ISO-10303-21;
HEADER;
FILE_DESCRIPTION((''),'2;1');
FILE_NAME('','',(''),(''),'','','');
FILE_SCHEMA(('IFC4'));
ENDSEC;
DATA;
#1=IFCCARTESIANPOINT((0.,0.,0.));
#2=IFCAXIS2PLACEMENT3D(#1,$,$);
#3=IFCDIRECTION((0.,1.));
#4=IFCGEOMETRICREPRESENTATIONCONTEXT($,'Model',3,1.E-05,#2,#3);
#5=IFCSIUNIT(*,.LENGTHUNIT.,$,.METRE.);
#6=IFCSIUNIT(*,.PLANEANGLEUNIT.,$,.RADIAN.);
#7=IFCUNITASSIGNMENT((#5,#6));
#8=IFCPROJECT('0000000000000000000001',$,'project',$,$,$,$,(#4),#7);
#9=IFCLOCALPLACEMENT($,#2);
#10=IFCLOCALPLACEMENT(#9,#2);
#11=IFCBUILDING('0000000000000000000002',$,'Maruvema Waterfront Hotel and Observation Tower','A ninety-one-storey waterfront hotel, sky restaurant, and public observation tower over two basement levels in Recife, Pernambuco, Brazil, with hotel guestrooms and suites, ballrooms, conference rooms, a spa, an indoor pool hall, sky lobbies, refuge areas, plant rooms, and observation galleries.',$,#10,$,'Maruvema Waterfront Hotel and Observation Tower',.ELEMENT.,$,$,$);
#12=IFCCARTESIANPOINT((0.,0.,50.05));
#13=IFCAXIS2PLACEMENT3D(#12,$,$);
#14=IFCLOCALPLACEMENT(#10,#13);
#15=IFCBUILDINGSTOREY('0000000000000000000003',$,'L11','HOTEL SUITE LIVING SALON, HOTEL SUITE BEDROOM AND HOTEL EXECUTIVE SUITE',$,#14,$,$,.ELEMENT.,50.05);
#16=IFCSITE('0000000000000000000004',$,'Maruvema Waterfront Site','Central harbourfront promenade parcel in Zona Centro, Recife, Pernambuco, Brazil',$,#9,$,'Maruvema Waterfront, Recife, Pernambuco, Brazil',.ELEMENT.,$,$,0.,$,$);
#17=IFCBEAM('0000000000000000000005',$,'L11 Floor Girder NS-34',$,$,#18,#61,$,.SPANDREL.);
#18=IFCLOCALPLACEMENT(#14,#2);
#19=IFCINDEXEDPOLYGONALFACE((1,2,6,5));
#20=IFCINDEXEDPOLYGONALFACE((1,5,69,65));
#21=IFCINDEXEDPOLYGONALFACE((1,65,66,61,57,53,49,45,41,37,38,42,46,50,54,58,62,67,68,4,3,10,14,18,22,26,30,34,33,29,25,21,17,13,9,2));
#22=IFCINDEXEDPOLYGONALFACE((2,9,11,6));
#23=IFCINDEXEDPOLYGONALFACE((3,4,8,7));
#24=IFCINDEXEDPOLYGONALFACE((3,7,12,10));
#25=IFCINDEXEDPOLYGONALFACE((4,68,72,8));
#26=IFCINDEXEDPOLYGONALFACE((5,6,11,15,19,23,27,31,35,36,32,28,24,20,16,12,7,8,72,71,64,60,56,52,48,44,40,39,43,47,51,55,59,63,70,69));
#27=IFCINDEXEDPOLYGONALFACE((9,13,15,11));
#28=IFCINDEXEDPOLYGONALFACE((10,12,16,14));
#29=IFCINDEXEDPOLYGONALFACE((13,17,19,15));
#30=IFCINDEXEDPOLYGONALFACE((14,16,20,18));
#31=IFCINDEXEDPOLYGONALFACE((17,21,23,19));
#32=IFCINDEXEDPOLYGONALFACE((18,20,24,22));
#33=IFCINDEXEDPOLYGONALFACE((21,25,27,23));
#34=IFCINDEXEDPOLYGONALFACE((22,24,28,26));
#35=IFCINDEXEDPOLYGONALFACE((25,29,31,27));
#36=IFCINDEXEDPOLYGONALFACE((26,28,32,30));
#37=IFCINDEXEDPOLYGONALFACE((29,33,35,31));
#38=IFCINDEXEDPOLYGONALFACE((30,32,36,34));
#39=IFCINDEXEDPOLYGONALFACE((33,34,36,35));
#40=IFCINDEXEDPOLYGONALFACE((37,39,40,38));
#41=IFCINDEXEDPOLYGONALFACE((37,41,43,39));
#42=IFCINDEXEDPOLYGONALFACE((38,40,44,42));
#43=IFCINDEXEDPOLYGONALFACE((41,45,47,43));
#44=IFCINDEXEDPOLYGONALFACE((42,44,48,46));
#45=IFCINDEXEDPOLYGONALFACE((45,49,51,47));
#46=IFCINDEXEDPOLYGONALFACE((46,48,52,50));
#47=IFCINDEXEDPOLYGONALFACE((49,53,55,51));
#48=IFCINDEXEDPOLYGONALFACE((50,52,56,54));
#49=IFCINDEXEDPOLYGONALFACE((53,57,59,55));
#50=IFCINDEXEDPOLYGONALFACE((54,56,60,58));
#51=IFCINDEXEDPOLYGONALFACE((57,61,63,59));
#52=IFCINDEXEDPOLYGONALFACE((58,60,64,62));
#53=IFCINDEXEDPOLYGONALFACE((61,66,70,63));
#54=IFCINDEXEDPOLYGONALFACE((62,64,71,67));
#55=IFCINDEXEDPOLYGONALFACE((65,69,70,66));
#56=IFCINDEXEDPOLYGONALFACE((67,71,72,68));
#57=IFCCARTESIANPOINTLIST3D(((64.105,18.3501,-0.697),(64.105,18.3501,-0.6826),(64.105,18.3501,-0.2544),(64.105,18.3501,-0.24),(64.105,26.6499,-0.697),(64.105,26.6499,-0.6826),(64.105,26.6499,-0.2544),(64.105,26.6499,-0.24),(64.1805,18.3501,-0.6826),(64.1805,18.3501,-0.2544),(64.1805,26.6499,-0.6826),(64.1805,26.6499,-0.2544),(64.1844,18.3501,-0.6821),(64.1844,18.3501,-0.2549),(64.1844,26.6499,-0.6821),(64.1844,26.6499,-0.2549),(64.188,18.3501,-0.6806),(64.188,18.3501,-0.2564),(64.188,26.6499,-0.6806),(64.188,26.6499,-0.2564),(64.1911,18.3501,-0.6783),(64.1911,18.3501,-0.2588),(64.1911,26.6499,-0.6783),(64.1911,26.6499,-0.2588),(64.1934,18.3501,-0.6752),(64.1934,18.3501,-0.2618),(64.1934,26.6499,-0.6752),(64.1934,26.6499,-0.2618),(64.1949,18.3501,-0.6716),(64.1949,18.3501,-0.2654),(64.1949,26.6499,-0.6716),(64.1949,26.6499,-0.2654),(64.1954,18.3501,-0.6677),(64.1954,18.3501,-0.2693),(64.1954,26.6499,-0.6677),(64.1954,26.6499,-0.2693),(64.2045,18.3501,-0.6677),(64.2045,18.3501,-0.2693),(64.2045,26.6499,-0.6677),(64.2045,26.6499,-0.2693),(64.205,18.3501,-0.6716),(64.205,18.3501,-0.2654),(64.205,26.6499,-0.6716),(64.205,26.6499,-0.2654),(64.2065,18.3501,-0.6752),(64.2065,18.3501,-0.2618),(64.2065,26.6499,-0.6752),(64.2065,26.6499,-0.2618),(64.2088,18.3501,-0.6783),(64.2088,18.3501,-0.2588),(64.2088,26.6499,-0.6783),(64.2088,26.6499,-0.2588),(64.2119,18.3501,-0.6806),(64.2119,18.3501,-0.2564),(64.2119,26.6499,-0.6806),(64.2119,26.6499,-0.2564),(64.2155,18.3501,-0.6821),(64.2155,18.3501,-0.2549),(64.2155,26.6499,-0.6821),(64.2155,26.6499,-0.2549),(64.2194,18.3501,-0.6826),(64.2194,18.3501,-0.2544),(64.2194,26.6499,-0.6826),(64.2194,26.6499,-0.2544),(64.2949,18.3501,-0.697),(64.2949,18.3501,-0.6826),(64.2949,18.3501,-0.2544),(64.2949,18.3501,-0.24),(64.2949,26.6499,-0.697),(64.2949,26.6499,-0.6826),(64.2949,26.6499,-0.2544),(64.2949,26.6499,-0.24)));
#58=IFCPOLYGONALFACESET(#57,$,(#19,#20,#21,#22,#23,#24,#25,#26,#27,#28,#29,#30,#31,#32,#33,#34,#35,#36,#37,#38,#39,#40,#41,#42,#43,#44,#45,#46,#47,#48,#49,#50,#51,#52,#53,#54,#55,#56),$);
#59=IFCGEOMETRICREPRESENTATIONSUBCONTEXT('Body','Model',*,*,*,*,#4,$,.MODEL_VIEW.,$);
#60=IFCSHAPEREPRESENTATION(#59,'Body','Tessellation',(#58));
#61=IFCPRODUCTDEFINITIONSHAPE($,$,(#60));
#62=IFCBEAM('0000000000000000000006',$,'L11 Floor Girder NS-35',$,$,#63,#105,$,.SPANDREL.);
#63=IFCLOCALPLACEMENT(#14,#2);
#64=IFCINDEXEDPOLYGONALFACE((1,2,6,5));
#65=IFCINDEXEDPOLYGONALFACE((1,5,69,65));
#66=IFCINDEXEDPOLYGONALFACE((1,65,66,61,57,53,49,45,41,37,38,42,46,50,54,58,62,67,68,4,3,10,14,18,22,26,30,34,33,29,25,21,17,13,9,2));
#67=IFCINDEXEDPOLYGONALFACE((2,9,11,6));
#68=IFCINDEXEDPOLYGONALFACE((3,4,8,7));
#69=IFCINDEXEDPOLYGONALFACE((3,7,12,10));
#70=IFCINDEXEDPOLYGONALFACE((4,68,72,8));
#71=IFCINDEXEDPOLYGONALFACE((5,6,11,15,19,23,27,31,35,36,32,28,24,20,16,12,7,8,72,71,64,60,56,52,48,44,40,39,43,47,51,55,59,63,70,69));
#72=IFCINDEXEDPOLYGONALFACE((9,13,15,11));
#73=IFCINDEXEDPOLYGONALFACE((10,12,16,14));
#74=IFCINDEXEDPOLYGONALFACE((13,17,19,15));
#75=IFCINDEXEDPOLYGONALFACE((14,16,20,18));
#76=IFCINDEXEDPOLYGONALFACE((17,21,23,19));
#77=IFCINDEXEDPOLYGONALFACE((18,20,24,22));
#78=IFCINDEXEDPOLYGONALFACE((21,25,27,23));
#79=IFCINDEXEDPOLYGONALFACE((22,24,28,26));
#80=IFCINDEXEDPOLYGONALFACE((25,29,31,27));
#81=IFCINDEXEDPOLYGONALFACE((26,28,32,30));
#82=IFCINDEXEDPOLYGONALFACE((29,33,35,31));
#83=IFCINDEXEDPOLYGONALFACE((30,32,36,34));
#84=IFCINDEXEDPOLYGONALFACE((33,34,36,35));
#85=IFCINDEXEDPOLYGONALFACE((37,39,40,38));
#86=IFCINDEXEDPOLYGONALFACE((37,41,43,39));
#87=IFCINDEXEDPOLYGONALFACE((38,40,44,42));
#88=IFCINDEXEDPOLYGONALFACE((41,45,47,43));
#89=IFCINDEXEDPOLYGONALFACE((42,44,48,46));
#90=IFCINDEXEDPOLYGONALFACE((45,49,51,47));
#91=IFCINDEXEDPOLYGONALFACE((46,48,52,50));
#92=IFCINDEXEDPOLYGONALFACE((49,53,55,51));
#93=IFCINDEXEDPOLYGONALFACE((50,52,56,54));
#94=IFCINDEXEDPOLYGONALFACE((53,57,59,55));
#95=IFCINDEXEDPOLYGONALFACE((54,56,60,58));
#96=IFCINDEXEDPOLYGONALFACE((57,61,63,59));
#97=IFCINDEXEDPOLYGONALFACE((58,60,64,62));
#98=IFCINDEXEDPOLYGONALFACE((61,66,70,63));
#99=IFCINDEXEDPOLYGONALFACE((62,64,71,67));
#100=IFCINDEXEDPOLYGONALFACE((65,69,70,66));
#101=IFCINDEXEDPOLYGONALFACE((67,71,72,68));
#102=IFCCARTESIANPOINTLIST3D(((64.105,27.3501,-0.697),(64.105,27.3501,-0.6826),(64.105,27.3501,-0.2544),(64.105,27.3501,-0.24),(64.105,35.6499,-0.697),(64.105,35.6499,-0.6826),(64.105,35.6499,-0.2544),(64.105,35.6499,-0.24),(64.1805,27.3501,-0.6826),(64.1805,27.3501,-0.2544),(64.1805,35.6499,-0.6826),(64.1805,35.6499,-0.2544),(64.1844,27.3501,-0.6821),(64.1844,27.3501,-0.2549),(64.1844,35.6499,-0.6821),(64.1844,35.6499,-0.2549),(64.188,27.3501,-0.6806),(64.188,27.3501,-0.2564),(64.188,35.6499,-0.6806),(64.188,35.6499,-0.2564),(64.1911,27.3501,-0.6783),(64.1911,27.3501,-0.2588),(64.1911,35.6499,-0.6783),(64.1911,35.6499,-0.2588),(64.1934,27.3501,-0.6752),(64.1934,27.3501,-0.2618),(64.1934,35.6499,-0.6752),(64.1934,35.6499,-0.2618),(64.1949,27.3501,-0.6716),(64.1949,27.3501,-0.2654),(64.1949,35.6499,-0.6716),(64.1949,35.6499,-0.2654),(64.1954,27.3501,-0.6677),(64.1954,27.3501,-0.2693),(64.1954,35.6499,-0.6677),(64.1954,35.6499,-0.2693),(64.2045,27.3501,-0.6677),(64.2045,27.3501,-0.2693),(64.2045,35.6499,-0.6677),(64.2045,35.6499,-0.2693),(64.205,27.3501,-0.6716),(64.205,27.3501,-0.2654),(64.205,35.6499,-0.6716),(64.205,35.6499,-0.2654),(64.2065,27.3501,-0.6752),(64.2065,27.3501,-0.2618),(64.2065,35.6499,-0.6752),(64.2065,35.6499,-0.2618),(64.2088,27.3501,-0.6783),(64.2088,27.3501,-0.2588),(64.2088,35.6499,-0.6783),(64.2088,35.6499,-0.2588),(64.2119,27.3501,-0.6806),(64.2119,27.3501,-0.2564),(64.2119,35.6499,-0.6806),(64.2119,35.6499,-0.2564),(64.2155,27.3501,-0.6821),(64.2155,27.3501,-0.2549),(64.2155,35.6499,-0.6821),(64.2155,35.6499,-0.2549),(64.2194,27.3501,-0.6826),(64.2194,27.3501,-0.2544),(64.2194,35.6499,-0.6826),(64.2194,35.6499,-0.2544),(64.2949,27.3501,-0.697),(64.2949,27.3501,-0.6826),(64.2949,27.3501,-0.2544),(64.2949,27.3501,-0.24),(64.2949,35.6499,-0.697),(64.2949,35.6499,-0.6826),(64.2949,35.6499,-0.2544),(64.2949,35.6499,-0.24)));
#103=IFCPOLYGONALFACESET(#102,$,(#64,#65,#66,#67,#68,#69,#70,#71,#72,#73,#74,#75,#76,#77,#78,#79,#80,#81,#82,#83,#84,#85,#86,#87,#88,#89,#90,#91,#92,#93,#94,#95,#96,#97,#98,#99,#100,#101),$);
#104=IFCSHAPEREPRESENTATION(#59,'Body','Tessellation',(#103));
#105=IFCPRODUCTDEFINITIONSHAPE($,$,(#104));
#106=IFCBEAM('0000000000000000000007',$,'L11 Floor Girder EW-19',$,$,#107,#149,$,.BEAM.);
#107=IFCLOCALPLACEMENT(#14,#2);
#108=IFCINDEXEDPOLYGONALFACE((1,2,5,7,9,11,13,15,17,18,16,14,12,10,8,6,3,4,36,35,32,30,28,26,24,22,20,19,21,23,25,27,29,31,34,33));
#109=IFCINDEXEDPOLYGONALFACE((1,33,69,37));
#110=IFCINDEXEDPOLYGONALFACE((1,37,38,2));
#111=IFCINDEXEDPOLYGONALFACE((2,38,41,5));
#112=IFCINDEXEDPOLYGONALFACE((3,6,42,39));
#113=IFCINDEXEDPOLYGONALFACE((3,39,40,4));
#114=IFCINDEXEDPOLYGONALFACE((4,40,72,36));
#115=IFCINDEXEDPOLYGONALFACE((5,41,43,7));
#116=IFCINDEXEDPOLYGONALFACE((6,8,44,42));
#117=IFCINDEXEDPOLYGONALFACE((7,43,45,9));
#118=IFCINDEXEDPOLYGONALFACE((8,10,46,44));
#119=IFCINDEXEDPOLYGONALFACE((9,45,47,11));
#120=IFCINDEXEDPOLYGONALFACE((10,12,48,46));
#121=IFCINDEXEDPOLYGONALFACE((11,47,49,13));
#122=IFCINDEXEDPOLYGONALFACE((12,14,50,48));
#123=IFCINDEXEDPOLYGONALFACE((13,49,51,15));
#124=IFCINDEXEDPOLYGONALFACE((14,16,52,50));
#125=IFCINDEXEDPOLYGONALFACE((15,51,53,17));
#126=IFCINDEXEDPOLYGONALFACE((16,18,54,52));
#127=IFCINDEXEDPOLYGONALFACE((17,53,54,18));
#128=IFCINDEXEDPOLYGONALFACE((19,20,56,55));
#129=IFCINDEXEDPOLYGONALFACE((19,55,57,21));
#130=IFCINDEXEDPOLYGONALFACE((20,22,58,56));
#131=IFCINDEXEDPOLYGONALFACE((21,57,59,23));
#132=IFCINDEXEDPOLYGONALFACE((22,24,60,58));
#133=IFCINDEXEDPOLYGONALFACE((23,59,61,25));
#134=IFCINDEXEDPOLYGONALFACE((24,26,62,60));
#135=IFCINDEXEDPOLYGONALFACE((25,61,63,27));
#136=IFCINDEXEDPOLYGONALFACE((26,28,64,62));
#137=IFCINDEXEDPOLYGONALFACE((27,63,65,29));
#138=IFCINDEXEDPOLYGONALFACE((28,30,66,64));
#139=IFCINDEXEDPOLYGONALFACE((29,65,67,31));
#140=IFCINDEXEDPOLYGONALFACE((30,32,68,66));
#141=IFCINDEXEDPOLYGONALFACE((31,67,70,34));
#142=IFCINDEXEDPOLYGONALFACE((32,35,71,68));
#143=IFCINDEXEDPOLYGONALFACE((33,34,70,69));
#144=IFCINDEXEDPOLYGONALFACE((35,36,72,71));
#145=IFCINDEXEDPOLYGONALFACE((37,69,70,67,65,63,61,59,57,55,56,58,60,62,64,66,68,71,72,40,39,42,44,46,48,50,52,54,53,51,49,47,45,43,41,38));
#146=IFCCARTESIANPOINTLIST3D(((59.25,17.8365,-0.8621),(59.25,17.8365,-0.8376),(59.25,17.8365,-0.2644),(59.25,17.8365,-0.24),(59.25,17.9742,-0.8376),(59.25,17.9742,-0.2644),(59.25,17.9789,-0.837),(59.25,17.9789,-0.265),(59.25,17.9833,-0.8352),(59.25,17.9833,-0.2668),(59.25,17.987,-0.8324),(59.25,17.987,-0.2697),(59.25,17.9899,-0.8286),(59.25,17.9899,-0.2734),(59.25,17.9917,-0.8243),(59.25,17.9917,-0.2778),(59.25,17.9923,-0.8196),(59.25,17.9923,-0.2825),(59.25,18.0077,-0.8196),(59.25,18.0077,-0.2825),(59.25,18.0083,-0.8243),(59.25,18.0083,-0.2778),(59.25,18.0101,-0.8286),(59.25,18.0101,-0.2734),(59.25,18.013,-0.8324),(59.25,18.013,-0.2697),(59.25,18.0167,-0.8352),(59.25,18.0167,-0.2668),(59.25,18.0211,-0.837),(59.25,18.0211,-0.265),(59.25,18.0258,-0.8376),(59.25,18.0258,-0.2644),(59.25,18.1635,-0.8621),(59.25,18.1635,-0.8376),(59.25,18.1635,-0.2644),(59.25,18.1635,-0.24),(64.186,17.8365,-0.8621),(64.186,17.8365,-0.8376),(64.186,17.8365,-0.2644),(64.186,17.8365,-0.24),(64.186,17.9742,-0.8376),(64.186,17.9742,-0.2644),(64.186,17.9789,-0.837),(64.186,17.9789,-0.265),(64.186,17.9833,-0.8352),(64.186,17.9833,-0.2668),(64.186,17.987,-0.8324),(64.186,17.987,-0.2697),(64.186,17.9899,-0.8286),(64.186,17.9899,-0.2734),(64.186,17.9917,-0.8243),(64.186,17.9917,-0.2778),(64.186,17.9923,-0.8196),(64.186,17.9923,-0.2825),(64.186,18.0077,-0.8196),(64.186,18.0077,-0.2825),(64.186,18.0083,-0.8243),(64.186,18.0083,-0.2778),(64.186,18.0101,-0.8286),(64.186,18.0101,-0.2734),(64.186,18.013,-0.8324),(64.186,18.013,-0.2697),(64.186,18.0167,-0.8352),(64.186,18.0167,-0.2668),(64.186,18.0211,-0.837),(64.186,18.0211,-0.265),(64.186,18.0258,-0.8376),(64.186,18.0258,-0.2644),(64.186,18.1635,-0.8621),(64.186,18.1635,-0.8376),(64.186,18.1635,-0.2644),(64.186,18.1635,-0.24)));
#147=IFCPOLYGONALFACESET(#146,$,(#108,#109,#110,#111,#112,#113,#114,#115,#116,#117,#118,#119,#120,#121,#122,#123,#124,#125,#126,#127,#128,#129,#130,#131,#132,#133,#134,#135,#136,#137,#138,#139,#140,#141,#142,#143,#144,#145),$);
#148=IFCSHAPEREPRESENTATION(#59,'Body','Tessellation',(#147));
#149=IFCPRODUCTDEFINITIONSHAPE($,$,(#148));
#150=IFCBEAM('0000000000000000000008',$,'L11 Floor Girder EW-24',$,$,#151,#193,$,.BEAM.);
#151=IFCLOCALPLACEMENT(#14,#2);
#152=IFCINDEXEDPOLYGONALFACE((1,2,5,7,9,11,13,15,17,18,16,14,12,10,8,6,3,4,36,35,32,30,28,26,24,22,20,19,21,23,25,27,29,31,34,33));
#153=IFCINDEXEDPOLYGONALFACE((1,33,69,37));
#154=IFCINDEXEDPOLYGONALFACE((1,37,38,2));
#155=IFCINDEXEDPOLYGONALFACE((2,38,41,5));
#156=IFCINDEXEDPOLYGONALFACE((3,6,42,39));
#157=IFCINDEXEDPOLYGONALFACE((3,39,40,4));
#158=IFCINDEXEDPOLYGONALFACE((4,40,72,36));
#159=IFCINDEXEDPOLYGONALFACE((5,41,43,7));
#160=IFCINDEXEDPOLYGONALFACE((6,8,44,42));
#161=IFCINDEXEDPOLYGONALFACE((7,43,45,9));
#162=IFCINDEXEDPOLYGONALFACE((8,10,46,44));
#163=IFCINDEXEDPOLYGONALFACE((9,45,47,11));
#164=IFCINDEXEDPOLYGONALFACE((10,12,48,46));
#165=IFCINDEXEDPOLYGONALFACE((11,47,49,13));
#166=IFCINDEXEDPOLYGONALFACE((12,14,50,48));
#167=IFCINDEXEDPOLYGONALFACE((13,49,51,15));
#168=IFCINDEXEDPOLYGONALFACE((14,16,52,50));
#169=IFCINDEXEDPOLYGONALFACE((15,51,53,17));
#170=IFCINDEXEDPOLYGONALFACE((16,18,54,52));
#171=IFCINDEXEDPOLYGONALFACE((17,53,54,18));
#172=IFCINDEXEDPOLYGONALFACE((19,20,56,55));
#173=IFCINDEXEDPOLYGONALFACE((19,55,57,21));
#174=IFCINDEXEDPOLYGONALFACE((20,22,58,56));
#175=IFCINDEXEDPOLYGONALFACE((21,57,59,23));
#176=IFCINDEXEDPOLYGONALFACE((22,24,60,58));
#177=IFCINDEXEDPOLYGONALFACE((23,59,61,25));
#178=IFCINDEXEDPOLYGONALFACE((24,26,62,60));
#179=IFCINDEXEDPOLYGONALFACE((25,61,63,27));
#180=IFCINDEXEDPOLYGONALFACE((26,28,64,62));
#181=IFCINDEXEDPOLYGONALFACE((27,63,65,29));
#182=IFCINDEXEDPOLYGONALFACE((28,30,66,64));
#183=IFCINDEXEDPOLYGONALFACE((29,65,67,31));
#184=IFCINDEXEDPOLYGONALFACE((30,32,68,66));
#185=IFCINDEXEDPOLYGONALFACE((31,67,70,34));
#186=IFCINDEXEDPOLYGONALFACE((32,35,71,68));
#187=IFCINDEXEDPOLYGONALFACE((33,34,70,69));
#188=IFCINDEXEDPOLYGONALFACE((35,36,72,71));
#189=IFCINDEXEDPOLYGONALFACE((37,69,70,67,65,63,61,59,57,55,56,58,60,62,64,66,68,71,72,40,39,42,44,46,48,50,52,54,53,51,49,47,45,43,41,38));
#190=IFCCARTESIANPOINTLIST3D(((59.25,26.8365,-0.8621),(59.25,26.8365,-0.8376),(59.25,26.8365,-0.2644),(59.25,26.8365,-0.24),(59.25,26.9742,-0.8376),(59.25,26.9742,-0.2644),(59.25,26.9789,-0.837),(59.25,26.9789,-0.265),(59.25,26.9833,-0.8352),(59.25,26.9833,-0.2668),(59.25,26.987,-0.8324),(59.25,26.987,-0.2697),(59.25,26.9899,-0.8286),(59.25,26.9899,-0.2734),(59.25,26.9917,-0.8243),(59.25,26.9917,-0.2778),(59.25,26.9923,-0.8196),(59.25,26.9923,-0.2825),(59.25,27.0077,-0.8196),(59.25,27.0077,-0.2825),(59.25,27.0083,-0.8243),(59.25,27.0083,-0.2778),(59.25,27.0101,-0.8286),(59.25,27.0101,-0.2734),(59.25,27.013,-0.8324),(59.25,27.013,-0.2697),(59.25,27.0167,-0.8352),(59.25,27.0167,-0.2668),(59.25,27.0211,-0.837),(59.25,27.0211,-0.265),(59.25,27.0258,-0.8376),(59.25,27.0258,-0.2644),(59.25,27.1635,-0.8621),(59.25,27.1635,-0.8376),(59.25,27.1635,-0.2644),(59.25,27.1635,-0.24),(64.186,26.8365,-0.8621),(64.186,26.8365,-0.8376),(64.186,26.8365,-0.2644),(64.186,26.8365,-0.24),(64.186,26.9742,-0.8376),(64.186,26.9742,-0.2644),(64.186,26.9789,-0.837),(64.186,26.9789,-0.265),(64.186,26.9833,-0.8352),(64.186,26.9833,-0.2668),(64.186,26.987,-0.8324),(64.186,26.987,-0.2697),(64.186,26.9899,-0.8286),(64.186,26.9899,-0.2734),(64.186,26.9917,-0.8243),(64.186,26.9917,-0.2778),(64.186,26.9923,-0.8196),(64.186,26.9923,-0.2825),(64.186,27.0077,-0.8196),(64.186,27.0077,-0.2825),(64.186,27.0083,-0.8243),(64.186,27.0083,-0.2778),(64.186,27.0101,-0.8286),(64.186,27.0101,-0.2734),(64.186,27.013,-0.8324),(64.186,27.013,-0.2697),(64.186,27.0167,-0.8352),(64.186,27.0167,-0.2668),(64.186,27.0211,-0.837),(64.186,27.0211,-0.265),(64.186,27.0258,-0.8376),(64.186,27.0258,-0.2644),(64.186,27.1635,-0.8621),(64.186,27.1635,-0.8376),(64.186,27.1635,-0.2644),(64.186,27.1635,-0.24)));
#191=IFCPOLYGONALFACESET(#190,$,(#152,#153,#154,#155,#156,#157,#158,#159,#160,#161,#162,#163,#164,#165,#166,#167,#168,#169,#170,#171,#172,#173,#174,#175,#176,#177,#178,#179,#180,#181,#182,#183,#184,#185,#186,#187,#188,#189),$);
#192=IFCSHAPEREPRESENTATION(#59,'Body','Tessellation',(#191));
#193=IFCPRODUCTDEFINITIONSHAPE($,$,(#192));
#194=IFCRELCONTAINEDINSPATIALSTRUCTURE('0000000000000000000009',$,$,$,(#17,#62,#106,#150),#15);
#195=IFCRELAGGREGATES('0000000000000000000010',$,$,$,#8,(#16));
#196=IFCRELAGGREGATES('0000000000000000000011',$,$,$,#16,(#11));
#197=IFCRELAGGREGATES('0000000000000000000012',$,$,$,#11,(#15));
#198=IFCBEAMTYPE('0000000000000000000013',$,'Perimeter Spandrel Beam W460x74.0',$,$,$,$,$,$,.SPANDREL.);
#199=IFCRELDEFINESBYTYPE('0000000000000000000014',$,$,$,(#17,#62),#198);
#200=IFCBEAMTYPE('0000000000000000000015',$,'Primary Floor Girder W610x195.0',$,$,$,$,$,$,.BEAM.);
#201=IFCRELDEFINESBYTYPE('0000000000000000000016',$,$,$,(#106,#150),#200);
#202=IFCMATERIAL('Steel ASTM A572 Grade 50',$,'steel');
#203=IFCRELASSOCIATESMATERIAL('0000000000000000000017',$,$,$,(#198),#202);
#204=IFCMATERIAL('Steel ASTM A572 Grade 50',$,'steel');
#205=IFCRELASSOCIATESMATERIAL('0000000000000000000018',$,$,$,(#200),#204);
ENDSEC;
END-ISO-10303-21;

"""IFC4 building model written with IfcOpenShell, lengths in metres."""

from ifc_helpers import new_model, si_unit, direction, frame, origin, origin_2d, place, context, subcontext, project, spatial, i_section, extrude, material, material_profile, profile_set, type_object, element, save


model = new_model("IFC4")

# Units and contexts
model_context = context("Model", 3, precision=1e-05, world=origin(), true_north=direction((0.0, 1.0)))
body_context = subcontext(model_context, "Body", "Model", "MODEL_VIEW")
ifc_project = project(units=[si_unit("LENGTHUNIT", "METRE"), si_unit("PLANEANGLEUNIT", "RADIAN")], contexts=[model_context])

# Site, building, storey
site_placement = place(None, origin())
site = spatial("IfcSite", under=ifc_project, at=site_placement, Name="Maruvema Waterfront Site", Description="Central harbourfront promenade parcel in Zona Centro, Recife, Pernambuco, Brazil", LongName="Maruvema Waterfront, Recife, Pernambuco, Brazil", CompositionType="ELEMENT", RefElevation=0.0)
building_placement = place(site_placement, origin())
building = spatial("IfcBuilding", under=site, at=building_placement, Name="Maruvema Waterfront Hotel and Observation Tower", Description="A ninety-one-storey waterfront hotel, sky restaurant, and public observation tower over two basement levels in Recife, Pernambuco, Brazil, with hotel guestrooms and suites, ballrooms, conference rooms, a spa, an indoor pool hall, sky lobbies, refuge areas, plant rooms, and observation galleries.", LongName="Maruvema Waterfront Hotel and Observation Tower", CompositionType="ELEMENT")
storey_placement = place(building_placement, frame((0.0, 0.0, 50.05)))
storey = spatial("IfcBuildingStorey", under=building, at=storey_placement, Name="L11", Description="HOTEL SUITE LIVING SALON, HOTEL SUITE BEDROOM AND HOTEL EXECUTIVE SUITE", CompositionType="ELEMENT", Elevation=50.05)

# Beams
ifc_material_1 = material(Name="Steel ASTM A572 Grade 50", Category="steel")
ifc_material_profile_1 = material_profile(ifc_material_1, i_section(OverallWidth=0.1899, OverallDepth=0.457, WebThickness=0.009, FlangeThickness=0.0144, FilletRadius=0.0149, at=origin_2d()), Name="W460x74.0")
ifc_profile_set_1 = profile_set([ifc_material_profile_1], Name="Steel ASTM A572 Grade 50")
beam_type_1 = type_object("IfcBeamType", Name="Perimeter Spandrel Beam W460x74.0", PredefinedType="SPANDREL", material=ifc_profile_set_1)
for number, where, z_axis, x_axis, name in (
    (1, (64.2, 18.3501, -0.4685), (0.0, 1.0, 0.0), (-1.0, 0.0, 0.0), "L11 Floor Girder NS-34"),
    (2, (64.2, 27.3501, -0.4685), (0.0, 1.0, 0.0), (-1.0, 0.0, 0.0), "L11 Floor Girder NS-35"),
):
    element("IfcBeam", number, at=place(storey_placement, frame(where, z_axis=z_axis, x_axis=x_axis)), inside=storey, type_object=beam_type_1, Name=name, PredefinedType="SPANDREL", context=body_context, shape_type="SweptSolid", body=[
        extrude(i_section(OverallWidth=0.1899, OverallDepth=0.457, WebThickness=0.009, FlangeThickness=0.0144, FilletRadius=0.0149, at=origin_2d()), origin(), (0.0, 0.0, 1.0), 8.2998),
    ])
ifc_material_2 = material(Name="Steel ASTM A572 Grade 50", Category="steel")
ifc_material_profile_2 = material_profile(ifc_material_2, i_section(OverallWidth=0.3269, OverallDepth=0.6221, WebThickness=0.0154, FlangeThickness=0.0244, FilletRadius=0.0181, at=origin_2d()), Name="W610x195.0")
ifc_profile_set_2 = profile_set([ifc_material_profile_2], Name="Steel ASTM A572 Grade 50")
beam_type_2 = type_object("IfcBeamType", Name="Primary Floor Girder W610x195.0", PredefinedType="BEAM", material=ifc_profile_set_2)
for number, where, z_axis, x_axis, name in (
    (3, (59.25, 18.0, -0.551), (1.0, 0.0, 0.0), (0.0, 1.0, 0.0), "L11 Floor Girder EW-19"),
    (4, (59.25, 27.0, -0.551), (1.0, 0.0, 0.0), (0.0, 1.0, 0.0), "L11 Floor Girder EW-24"),
):
    element("IfcBeam", number, at=place(storey_placement, frame(where, z_axis=z_axis, x_axis=x_axis)), inside=storey, type_object=beam_type_2, Name=name, PredefinedType="BEAM", context=body_context, shape_type="SweptSolid", body=[
        extrude(i_section(OverallWidth=0.3269, OverallDepth=0.6221, WebThickness=0.0154, FlangeThickness=0.0244, FilletRadius=0.0181, at=origin_2d()), origin(), (0.0, 0.0, 1.0), 4.936),
    ])

save(model, "model.ifc")
